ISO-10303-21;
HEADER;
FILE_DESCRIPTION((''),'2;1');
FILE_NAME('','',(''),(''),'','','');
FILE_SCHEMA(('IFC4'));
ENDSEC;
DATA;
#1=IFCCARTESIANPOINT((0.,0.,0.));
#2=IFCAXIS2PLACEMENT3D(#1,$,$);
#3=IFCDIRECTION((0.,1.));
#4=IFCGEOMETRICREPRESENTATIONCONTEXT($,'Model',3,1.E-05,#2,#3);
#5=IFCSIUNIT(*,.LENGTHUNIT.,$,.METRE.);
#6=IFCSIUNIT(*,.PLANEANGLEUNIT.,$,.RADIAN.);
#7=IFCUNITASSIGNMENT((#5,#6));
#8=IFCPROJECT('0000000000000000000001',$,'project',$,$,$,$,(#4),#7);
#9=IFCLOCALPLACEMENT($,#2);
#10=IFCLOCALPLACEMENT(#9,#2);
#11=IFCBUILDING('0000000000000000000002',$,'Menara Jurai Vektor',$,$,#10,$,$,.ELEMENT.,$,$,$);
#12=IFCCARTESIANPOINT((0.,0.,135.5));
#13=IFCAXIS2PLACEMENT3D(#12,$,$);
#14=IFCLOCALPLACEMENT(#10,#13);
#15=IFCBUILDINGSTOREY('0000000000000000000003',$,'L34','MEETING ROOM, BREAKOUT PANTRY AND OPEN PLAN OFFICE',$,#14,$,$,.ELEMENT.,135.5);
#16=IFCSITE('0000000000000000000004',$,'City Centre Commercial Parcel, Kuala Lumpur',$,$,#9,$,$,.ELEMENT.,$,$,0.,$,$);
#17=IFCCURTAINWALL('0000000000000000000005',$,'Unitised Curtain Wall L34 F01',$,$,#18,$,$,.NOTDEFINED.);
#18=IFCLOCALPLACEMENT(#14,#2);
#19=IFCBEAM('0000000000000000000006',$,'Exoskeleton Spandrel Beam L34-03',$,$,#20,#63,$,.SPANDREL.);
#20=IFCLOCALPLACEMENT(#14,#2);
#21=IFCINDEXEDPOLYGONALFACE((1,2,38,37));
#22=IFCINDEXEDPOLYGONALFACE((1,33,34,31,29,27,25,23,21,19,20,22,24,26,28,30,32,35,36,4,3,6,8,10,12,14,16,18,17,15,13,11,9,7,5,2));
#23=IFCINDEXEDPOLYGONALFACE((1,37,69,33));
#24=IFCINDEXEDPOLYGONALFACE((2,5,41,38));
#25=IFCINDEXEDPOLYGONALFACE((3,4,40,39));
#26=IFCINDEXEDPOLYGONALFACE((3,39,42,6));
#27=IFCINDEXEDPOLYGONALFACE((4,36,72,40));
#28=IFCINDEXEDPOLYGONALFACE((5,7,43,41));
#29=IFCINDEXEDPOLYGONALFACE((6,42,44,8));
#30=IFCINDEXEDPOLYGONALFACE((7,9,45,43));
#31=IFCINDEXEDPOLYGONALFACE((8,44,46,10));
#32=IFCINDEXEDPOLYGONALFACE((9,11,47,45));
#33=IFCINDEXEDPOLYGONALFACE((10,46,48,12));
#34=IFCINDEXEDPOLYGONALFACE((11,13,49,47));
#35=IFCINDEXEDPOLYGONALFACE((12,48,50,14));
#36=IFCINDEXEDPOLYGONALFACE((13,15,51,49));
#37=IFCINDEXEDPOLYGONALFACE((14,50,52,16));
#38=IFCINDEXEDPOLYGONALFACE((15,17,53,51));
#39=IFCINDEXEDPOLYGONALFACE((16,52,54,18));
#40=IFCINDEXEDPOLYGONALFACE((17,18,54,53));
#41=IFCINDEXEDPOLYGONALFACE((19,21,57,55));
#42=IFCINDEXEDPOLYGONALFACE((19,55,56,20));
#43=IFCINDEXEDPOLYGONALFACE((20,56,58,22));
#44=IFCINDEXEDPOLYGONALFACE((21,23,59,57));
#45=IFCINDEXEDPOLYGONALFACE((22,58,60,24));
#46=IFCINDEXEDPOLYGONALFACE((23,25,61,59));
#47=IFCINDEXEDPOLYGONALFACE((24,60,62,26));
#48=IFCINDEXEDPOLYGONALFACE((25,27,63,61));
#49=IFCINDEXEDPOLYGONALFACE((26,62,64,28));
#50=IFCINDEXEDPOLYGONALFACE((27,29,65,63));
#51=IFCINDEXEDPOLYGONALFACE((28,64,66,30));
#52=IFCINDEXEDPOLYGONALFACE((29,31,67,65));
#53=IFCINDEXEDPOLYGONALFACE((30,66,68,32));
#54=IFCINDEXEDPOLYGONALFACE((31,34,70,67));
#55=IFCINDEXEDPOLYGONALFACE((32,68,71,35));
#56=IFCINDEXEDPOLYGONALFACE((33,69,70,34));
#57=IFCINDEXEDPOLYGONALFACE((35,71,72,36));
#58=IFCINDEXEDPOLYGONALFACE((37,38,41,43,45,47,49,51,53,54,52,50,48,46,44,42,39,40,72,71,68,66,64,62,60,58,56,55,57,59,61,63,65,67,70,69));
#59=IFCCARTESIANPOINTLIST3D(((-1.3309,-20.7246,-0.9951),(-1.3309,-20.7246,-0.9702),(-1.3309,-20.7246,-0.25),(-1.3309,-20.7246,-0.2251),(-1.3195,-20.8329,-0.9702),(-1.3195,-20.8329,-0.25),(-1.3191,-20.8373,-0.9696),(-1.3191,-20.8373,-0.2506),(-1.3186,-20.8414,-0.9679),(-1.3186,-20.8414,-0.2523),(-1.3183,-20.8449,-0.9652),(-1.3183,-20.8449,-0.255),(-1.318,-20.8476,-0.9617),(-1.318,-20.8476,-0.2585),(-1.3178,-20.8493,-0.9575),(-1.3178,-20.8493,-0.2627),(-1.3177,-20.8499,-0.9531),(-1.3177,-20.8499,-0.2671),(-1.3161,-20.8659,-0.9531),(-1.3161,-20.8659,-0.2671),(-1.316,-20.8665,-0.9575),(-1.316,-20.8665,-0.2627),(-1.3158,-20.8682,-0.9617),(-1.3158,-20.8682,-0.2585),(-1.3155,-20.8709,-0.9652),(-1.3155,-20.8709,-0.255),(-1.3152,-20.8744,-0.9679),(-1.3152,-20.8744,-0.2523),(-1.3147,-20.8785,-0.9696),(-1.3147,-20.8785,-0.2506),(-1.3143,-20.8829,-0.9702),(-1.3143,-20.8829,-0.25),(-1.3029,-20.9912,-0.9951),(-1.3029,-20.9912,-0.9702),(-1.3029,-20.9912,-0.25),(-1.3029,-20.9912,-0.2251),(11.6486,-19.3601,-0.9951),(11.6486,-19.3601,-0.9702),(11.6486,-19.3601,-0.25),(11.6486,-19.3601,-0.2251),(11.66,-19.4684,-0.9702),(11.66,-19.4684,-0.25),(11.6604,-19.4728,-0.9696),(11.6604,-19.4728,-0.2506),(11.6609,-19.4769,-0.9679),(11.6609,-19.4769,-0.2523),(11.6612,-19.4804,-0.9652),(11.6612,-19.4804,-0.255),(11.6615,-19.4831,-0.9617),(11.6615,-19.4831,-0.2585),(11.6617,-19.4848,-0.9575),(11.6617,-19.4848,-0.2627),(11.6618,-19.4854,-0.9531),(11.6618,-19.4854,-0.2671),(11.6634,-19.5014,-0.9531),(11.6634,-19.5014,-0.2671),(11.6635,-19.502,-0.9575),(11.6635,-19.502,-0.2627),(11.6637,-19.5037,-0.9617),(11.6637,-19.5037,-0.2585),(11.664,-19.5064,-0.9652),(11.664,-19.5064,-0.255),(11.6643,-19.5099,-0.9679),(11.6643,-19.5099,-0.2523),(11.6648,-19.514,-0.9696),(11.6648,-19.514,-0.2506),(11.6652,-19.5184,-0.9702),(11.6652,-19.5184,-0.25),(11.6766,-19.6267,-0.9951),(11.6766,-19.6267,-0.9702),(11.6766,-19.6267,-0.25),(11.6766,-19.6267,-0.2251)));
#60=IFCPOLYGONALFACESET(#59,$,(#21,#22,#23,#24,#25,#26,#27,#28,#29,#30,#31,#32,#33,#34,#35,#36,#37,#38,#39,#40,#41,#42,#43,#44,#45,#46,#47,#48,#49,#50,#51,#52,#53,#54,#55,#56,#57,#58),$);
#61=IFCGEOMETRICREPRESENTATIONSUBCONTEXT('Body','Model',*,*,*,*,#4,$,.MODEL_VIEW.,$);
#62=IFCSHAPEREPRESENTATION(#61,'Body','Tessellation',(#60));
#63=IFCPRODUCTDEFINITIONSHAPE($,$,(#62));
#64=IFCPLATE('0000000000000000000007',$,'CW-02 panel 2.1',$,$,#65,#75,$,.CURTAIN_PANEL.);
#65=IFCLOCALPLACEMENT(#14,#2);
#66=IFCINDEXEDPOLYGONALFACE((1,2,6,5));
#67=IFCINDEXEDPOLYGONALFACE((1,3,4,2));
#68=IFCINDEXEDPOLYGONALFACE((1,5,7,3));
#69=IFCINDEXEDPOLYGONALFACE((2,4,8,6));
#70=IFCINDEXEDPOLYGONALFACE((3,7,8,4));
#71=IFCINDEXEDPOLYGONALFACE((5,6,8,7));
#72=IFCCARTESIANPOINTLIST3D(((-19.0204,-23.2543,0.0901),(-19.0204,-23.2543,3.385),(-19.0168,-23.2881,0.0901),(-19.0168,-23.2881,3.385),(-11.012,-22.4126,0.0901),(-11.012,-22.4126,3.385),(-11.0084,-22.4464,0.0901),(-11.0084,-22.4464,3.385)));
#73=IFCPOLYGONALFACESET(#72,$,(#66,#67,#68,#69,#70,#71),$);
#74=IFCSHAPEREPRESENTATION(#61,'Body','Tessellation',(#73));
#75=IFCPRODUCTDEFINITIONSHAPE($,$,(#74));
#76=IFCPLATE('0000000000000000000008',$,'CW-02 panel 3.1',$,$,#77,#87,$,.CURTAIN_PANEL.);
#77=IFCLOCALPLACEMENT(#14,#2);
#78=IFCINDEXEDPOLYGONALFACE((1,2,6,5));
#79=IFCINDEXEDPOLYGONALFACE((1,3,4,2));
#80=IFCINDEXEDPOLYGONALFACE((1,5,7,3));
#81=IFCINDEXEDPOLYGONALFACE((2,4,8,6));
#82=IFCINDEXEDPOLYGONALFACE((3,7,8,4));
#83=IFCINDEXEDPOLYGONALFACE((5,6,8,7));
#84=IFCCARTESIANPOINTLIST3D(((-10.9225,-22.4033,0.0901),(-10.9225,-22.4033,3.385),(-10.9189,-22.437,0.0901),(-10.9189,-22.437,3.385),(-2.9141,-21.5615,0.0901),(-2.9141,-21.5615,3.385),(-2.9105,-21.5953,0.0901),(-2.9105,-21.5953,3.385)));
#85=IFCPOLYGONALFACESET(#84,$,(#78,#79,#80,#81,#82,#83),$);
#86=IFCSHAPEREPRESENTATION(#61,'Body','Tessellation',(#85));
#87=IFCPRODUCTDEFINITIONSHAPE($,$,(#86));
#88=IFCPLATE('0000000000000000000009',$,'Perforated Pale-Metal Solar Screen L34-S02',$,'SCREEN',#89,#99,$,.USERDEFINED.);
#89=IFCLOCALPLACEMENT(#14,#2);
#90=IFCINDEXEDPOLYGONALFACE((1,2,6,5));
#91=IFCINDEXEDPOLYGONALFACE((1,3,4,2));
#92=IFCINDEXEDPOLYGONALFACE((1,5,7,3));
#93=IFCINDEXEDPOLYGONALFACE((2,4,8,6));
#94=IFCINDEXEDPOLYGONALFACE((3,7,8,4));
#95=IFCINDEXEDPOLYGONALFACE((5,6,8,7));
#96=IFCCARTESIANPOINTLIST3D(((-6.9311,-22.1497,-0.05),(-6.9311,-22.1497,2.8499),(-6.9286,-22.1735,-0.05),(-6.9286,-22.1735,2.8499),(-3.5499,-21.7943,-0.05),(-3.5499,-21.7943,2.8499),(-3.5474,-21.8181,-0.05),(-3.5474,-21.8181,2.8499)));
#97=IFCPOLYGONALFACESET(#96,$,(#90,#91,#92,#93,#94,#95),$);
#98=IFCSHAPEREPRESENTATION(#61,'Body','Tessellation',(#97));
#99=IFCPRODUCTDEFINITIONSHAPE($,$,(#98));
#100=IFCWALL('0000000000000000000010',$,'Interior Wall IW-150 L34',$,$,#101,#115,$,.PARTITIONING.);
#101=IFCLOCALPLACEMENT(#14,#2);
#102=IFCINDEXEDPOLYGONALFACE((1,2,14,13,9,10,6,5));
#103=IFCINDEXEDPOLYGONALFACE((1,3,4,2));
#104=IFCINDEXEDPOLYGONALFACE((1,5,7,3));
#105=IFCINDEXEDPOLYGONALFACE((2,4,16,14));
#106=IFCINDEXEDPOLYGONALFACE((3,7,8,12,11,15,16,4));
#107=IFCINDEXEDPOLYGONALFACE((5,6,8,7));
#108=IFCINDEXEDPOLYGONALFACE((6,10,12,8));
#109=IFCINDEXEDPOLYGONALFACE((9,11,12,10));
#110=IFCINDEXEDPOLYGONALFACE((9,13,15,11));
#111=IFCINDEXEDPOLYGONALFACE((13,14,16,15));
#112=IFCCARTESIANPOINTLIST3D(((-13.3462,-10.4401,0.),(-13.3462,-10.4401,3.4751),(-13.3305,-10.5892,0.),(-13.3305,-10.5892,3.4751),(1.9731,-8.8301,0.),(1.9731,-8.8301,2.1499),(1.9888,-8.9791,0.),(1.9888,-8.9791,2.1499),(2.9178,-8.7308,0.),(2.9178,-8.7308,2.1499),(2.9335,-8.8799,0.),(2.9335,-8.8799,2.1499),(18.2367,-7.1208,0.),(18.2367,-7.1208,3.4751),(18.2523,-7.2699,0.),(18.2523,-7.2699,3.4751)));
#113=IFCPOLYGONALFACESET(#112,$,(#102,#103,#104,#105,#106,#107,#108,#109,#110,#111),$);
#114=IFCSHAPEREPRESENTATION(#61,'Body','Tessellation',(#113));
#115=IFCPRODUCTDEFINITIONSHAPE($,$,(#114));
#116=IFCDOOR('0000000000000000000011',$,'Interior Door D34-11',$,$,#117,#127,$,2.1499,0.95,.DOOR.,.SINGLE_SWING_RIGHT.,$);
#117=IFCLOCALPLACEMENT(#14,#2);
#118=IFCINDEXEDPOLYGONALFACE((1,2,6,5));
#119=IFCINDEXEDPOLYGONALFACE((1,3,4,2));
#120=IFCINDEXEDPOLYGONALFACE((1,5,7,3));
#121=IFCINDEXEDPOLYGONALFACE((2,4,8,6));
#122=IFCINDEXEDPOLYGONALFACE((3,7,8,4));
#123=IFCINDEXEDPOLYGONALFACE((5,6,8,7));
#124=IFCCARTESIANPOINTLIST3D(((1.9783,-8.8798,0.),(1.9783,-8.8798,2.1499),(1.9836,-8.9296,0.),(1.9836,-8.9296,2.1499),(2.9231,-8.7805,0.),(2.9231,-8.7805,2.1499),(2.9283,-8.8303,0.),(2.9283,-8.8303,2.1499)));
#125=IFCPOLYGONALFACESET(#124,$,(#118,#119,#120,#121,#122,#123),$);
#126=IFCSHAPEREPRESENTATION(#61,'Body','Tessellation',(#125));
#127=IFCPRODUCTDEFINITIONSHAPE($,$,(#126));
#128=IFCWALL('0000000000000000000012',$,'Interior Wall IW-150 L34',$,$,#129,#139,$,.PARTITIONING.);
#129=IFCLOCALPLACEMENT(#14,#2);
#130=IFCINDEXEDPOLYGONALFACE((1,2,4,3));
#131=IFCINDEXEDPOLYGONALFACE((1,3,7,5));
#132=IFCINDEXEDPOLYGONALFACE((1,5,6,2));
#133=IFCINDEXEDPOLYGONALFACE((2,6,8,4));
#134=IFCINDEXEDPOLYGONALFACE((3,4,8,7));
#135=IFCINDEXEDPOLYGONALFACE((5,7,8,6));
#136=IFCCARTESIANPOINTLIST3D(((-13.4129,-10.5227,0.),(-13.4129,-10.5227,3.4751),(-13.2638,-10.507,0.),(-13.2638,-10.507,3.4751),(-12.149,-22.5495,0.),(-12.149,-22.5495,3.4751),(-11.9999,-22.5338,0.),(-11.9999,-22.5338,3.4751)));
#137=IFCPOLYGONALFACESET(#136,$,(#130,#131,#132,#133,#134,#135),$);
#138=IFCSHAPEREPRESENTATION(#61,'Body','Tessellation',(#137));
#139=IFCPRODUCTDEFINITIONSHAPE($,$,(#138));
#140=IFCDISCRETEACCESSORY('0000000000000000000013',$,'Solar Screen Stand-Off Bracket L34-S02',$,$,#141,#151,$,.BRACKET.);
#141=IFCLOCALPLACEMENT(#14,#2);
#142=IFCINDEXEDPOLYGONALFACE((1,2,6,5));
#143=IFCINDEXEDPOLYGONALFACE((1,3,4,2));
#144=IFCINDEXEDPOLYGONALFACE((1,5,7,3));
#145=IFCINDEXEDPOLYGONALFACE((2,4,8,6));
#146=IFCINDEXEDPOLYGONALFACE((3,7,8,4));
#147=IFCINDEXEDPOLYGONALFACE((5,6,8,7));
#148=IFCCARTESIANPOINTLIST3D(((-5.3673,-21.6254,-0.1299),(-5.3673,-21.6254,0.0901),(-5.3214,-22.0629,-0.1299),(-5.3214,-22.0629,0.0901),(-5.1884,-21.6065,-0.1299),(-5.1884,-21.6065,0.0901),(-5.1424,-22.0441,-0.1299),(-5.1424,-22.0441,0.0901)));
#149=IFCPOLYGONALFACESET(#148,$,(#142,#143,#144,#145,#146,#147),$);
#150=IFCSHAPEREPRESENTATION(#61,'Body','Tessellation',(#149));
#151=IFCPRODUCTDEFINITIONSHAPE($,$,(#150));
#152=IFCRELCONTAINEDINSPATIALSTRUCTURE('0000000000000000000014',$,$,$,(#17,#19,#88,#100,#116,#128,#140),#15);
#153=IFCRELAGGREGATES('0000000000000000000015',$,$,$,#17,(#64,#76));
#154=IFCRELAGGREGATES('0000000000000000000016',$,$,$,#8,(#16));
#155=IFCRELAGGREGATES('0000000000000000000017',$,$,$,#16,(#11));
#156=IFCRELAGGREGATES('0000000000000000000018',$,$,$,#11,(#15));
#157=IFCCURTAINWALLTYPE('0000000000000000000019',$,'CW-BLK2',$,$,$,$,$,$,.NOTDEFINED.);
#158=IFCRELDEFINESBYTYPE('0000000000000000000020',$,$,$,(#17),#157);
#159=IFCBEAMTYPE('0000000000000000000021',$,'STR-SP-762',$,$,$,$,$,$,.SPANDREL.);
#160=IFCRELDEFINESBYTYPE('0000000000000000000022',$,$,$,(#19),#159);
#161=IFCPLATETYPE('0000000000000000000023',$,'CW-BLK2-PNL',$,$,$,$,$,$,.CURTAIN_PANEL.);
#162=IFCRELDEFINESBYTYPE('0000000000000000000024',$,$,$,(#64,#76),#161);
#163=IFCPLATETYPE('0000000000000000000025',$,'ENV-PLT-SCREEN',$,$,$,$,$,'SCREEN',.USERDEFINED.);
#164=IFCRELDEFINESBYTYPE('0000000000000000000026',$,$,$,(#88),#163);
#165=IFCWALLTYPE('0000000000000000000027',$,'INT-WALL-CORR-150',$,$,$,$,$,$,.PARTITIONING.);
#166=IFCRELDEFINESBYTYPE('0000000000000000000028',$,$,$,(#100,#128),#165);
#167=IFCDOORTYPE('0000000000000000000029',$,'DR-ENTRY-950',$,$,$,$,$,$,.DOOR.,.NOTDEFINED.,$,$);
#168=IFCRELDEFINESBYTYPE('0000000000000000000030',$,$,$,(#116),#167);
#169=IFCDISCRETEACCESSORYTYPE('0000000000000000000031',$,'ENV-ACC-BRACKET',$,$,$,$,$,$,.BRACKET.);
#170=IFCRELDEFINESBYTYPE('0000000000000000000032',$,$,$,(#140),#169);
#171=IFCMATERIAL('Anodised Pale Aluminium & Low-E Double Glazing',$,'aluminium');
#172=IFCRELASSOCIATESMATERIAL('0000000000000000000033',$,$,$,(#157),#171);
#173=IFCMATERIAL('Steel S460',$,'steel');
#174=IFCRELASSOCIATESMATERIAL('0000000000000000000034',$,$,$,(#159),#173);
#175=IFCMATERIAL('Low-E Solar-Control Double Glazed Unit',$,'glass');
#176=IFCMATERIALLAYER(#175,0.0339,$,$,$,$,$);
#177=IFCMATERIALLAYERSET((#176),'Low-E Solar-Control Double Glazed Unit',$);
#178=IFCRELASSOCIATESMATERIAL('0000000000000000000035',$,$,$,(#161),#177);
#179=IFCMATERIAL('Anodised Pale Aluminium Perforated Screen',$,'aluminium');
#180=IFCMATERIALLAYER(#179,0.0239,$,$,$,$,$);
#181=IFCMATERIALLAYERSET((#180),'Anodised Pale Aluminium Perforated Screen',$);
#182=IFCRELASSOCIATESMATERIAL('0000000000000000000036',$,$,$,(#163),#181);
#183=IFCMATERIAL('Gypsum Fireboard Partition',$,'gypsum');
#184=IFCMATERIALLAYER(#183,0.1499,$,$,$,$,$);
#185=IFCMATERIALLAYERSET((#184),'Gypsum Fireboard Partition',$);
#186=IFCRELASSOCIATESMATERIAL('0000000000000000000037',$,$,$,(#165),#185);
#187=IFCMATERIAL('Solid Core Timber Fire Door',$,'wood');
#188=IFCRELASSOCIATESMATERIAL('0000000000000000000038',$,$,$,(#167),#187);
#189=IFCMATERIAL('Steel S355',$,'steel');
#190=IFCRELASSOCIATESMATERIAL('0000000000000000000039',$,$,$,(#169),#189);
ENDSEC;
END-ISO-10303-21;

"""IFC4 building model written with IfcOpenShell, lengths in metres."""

from ifc_helpers import new_model, si_unit, direction, frame, frame_2d, origin, origin_2d, place, context, subcontext, project, spatial, rectangle, i_section, extrude, material, layer, layer_set, material_profile, profile_set, type_object, element, fill, aggregate, save


model = new_model("IFC4")

# Units and contexts
model_context = context("Model", 3, precision=1e-05, world=origin(), true_north=direction((0.0, 1.0)))
body_context = subcontext(model_context, "Body", "Model", "MODEL_VIEW")
ifc_project = project(units=[si_unit("LENGTHUNIT", "METRE"), si_unit("PLANEANGLEUNIT", "RADIAN")], contexts=[model_context])

# Site, building, storey
site_placement = place(None, origin())
site = spatial("IfcSite", under=ifc_project, at=site_placement, Name="City Centre Commercial Parcel, Kuala Lumpur", CompositionType="ELEMENT", RefElevation=0.0)
building_placement = place(site_placement, origin())
building = spatial("IfcBuilding", under=site, at=building_placement, Name="Menara Jurai Vektor", CompositionType="ELEMENT")
storey_placement = place(building_placement, frame((0.0, 0.0, 135.5)))
storey = spatial("IfcBuildingStorey", under=building, at=storey_placement, Name="L34", Description="MEETING ROOM, BREAKOUT PANTRY AND OPEN PLAN OFFICE", CompositionType="ELEMENT", Elevation=135.5)

# Shared definitions
ifc_material_1 = material(Name="Steel S460", Category="steel")

# Curtain wall
ifc_material_2 = material(Name="Anodised Pale Aluminium & Low-E Double Glazing", Category="aluminium")
curtain_wall_type = type_object("IfcCurtainWallType", Name="CW-BLK2", PredefinedType="NOTDEFINED", material=ifc_material_2)
curtain_wall_placement = place(storey_placement, origin())
curtain_wall = element("IfcCurtainWall", 1, at=curtain_wall_placement, inside=storey, type_object=curtain_wall_type, Name="Unitised Curtain Wall L34 F01", PredefinedType="NOTDEFINED")

# Beam
ifc_material_3 = material(Name="Steel S355", Category="steel")
ifc_material_profile_1 = material_profile(ifc_material_1, i_section(OverallWidth=0.2681, OverallDepth=0.77, WebThickness=0.0161, FlangeThickness=0.0249, FilletRadius=0.0171, at=origin_2d()), Name="UKB 762x267x197")
ifc_profile_set_1 = profile_set([ifc_material_profile_1], Name="Steel S460")
beam_type_1 = type_object("IfcBeamType", Name="STR-SP-762", PredefinedType="SPANDREL", material=ifc_profile_set_1)
beam_1_placement = place(storey_placement, frame((-1.3169, -20.8579, -0.6101), z_axis=(0.994519, 0.104551, 0.0), x_axis=(-0.104551, 0.994519, 0.0)))
element("IfcBeam", 2, at=beam_1_placement, inside=storey, type_object=beam_type_1, Name="Exoskeleton Spandrel Beam L34-03", PredefinedType="SPANDREL", context=body_context, shape_type="SweptSolid", body=[
    extrude(i_section(OverallWidth=0.2681, OverallDepth=0.77, WebThickness=0.0161, FlangeThickness=0.0249, FilletRadius=0.0171, at=origin_2d()), origin(), (0.0, 0.0, 1.0), 13.051),
])

# Plates
ifc_material_4 = material(Name="Low-E Solar-Control Double Glazed Unit", Category="glass")
ifc_layer_1 = layer(ifc_material_4, 0.0339)
ifc_layer_set_1 = layer_set([ifc_layer_1], Name="Low-E Solar-Control Double Glazed Unit")
plate_type_1 = type_object("IfcPlateType", Name="CW-BLK2-PNL", PredefinedType="CURTAIN_PANEL", material=ifc_layer_set_1)
plate_1_placement = place(storey_placement, frame((-15.0144, -22.8503, 0.0901), z_axis=(0.0, 0.0, 1.0), x_axis=(0.994522, 0.104529, 0.0)))
plate_1 = element("IfcPlate", 3, at=plate_1_placement, type_object=plate_type_1, Name="CW-02 panel 2.1", PredefinedType="CURTAIN_PANEL", context=body_context, shape_type="SweptSolid", body=[
    extrude(rectangle(XDim=8.0525, YDim=0.0339, at=origin_2d()), origin(), (0.0, 0.0, 1.0), 3.2949),
])
plate_2_placement = place(storey_placement, frame((-6.9165, -21.9993, 0.0901), z_axis=(0.0, 0.0, 1.0), x_axis=(0.994522, 0.104529, 0.0)))
plate_2 = element("IfcPlate", 4, at=plate_2_placement, type_object=plate_type_1, Name="CW-02 panel 3.1", PredefinedType="CURTAIN_PANEL", context=body_context, shape_type="SweptSolid", body=[
    extrude(rectangle(XDim=8.0525, YDim=0.0339, at=origin_2d()), origin(), (0.0, 0.0, 1.0), 3.2949),
])
aggregate(curtain_wall, [plate_1, plate_2])
ifc_material_5 = material(Name="Anodised Pale Aluminium Perforated Screen", Category="aluminium")
ifc_layer_2 = layer(ifc_material_5, 0.0239)
ifc_layer_set_2 = layer_set([ifc_layer_2], Name="Anodised Pale Aluminium Perforated Screen")
plate_type_2 = type_object("IfcPlateType", Name="ENV-PLT-SCREEN", ElementType="SCREEN", PredefinedType="USERDEFINED", material=ifc_layer_set_2)
plate_3_placement = place(storey_placement, frame((-5.2393, -21.9839, -0.05), z_axis=(0.0, 0.0, 1.0), x_axis=(0.994522, 0.104528, 0.0)))
element("IfcPlate", 5, at=plate_3_placement, inside=storey, type_object=plate_type_2, Name="Perforated Pale-Metal Solar Screen L34-S02", ObjectType="SCREEN", PredefinedType="USERDEFINED", context=body_context, shape_type="SweptSolid", body=[
    extrude(rectangle(XDim=3.3999, YDim=0.0239, at=origin_2d()), origin(), (0.0, 0.0, 1.0), 2.8999),
])

# Wall, opening, door
ifc_material_6 = material(Name="Gypsum Fireboard Partition", Category="gypsum")
ifc_layer_3 = layer(ifc_material_6, 0.1499)
ifc_layer_set_3 = layer_set([ifc_layer_3], Name="Gypsum Fireboard Partition")
wall_type = type_object("IfcWallType", Name="INT-WALL-CORR-150", PredefinedType="PARTITIONING", material=ifc_layer_set_3)
wall_1_placement = place(storey_placement, frame((-13.3384, -10.5146, 0.0), z_axis=(0.0, 0.0, 1.0), x_axis=(0.994522, 0.104523, 0.0)))
wall_1 = element("IfcWall", 6, at=wall_1_placement, inside=storey, type_object=wall_type, Name="Interior Wall IW-150 L34", PredefinedType="PARTITIONING", context=body_context, shape_type="SweptSolid", body=[
    extrude(rectangle(XDim=31.7568, YDim=0.1499, at=frame_2d((15.8784, 0.0))), origin(), (0.0, 0.0, 1.0), 3.4751),
])
opening_placement = place(wall_1_placement, frame((15.4036, 0.0, 0.0)))
opening = element("IfcOpeningElement", 7, at=opening_placement, cuts=wall_1, PredefinedType="OPENING", context=body_context, shape_type="SweptSolid", body=[
    extrude(rectangle(XDim=0.95, YDim=2.1499, at=frame_2d((0.4751, 1.075))), frame((0.0, 0.085, 0.0), z_axis=(0.0, -1.0, 0.0), x_axis=(1.0, 0.0, 0.0)), (0.0, 0.0, 1.0), 0.1699),
])
ifc_material_7 = material(Name="Solid Core Timber Fire Door", Category="wood")
door_type = type_object("IfcDoorType", Name="DR-ENTRY-950", OperationType="NOTDEFINED", PredefinedType="DOOR", material=ifc_material_7)
door_placement = place(opening_placement, origin())
door = element("IfcDoor", 8, at=door_placement, inside=storey, type_object=door_type, Name="Interior Door D34-11", OperationType="SINGLE_SWING_RIGHT", OverallHeight=2.1499, OverallWidth=0.95, PredefinedType="DOOR", context=body_context, shape_type="SweptSolid", body=[
    extrude(rectangle(XDim=0.95, YDim=2.1499, at=frame_2d((0.4751, 1.075))), frame((0.0, 0.0249, 0.0), z_axis=(0.0, -1.0, 0.0), x_axis=(1.0, 0.0, 0.0)), (0.0, 0.0, 1.0), 0.05),
])
fill(opening, door)

# Wall
wall_2_placement = place(storey_placement, frame((-12.0745, -22.5415, 0.0), z_axis=(0.0, 0.0, 1.0), x_axis=(-0.104516, 0.994523, 0.0)))
element("IfcWall", 9, at=wall_2_placement, inside=storey, type_object=wall_type, Name="Interior Wall IW-150 L34", PredefinedType="PARTITIONING", context=body_context, shape_type="SweptSolid", body=[
    extrude(rectangle(XDim=12.093, YDim=0.1499, at=frame_2d((6.0464, 0.0))), origin(), (0.0, 0.0, 1.0), 3.4751),
])

# Discrete accessory
discrete_accessory_type = type_object("IfcDiscreteAccessoryType", Name="ENV-ACC-BRACKET", PredefinedType="BRACKET", material=ifc_material_3)
discrete_accessory_placement = place(storey_placement, frame((-5.2549, -21.8347, -0.1299), z_axis=(0.0, 0.0, 1.0), x_axis=(0.994522, 0.104528, 0.0)))
element("IfcDiscreteAccessory", 10, at=discrete_accessory_placement, inside=storey, type_object=discrete_accessory_type, Name="Solar Screen Stand-Off Bracket L34-S02", PredefinedType="BRACKET", context=body_context, shape_type="SweptSolid", body=[
    extrude(rectangle(XDim=0.1799, YDim=0.4399, at=origin_2d()), origin(), (0.0, 0.0, 1.0), 0.22),
])

save(model, "model.ifc")
